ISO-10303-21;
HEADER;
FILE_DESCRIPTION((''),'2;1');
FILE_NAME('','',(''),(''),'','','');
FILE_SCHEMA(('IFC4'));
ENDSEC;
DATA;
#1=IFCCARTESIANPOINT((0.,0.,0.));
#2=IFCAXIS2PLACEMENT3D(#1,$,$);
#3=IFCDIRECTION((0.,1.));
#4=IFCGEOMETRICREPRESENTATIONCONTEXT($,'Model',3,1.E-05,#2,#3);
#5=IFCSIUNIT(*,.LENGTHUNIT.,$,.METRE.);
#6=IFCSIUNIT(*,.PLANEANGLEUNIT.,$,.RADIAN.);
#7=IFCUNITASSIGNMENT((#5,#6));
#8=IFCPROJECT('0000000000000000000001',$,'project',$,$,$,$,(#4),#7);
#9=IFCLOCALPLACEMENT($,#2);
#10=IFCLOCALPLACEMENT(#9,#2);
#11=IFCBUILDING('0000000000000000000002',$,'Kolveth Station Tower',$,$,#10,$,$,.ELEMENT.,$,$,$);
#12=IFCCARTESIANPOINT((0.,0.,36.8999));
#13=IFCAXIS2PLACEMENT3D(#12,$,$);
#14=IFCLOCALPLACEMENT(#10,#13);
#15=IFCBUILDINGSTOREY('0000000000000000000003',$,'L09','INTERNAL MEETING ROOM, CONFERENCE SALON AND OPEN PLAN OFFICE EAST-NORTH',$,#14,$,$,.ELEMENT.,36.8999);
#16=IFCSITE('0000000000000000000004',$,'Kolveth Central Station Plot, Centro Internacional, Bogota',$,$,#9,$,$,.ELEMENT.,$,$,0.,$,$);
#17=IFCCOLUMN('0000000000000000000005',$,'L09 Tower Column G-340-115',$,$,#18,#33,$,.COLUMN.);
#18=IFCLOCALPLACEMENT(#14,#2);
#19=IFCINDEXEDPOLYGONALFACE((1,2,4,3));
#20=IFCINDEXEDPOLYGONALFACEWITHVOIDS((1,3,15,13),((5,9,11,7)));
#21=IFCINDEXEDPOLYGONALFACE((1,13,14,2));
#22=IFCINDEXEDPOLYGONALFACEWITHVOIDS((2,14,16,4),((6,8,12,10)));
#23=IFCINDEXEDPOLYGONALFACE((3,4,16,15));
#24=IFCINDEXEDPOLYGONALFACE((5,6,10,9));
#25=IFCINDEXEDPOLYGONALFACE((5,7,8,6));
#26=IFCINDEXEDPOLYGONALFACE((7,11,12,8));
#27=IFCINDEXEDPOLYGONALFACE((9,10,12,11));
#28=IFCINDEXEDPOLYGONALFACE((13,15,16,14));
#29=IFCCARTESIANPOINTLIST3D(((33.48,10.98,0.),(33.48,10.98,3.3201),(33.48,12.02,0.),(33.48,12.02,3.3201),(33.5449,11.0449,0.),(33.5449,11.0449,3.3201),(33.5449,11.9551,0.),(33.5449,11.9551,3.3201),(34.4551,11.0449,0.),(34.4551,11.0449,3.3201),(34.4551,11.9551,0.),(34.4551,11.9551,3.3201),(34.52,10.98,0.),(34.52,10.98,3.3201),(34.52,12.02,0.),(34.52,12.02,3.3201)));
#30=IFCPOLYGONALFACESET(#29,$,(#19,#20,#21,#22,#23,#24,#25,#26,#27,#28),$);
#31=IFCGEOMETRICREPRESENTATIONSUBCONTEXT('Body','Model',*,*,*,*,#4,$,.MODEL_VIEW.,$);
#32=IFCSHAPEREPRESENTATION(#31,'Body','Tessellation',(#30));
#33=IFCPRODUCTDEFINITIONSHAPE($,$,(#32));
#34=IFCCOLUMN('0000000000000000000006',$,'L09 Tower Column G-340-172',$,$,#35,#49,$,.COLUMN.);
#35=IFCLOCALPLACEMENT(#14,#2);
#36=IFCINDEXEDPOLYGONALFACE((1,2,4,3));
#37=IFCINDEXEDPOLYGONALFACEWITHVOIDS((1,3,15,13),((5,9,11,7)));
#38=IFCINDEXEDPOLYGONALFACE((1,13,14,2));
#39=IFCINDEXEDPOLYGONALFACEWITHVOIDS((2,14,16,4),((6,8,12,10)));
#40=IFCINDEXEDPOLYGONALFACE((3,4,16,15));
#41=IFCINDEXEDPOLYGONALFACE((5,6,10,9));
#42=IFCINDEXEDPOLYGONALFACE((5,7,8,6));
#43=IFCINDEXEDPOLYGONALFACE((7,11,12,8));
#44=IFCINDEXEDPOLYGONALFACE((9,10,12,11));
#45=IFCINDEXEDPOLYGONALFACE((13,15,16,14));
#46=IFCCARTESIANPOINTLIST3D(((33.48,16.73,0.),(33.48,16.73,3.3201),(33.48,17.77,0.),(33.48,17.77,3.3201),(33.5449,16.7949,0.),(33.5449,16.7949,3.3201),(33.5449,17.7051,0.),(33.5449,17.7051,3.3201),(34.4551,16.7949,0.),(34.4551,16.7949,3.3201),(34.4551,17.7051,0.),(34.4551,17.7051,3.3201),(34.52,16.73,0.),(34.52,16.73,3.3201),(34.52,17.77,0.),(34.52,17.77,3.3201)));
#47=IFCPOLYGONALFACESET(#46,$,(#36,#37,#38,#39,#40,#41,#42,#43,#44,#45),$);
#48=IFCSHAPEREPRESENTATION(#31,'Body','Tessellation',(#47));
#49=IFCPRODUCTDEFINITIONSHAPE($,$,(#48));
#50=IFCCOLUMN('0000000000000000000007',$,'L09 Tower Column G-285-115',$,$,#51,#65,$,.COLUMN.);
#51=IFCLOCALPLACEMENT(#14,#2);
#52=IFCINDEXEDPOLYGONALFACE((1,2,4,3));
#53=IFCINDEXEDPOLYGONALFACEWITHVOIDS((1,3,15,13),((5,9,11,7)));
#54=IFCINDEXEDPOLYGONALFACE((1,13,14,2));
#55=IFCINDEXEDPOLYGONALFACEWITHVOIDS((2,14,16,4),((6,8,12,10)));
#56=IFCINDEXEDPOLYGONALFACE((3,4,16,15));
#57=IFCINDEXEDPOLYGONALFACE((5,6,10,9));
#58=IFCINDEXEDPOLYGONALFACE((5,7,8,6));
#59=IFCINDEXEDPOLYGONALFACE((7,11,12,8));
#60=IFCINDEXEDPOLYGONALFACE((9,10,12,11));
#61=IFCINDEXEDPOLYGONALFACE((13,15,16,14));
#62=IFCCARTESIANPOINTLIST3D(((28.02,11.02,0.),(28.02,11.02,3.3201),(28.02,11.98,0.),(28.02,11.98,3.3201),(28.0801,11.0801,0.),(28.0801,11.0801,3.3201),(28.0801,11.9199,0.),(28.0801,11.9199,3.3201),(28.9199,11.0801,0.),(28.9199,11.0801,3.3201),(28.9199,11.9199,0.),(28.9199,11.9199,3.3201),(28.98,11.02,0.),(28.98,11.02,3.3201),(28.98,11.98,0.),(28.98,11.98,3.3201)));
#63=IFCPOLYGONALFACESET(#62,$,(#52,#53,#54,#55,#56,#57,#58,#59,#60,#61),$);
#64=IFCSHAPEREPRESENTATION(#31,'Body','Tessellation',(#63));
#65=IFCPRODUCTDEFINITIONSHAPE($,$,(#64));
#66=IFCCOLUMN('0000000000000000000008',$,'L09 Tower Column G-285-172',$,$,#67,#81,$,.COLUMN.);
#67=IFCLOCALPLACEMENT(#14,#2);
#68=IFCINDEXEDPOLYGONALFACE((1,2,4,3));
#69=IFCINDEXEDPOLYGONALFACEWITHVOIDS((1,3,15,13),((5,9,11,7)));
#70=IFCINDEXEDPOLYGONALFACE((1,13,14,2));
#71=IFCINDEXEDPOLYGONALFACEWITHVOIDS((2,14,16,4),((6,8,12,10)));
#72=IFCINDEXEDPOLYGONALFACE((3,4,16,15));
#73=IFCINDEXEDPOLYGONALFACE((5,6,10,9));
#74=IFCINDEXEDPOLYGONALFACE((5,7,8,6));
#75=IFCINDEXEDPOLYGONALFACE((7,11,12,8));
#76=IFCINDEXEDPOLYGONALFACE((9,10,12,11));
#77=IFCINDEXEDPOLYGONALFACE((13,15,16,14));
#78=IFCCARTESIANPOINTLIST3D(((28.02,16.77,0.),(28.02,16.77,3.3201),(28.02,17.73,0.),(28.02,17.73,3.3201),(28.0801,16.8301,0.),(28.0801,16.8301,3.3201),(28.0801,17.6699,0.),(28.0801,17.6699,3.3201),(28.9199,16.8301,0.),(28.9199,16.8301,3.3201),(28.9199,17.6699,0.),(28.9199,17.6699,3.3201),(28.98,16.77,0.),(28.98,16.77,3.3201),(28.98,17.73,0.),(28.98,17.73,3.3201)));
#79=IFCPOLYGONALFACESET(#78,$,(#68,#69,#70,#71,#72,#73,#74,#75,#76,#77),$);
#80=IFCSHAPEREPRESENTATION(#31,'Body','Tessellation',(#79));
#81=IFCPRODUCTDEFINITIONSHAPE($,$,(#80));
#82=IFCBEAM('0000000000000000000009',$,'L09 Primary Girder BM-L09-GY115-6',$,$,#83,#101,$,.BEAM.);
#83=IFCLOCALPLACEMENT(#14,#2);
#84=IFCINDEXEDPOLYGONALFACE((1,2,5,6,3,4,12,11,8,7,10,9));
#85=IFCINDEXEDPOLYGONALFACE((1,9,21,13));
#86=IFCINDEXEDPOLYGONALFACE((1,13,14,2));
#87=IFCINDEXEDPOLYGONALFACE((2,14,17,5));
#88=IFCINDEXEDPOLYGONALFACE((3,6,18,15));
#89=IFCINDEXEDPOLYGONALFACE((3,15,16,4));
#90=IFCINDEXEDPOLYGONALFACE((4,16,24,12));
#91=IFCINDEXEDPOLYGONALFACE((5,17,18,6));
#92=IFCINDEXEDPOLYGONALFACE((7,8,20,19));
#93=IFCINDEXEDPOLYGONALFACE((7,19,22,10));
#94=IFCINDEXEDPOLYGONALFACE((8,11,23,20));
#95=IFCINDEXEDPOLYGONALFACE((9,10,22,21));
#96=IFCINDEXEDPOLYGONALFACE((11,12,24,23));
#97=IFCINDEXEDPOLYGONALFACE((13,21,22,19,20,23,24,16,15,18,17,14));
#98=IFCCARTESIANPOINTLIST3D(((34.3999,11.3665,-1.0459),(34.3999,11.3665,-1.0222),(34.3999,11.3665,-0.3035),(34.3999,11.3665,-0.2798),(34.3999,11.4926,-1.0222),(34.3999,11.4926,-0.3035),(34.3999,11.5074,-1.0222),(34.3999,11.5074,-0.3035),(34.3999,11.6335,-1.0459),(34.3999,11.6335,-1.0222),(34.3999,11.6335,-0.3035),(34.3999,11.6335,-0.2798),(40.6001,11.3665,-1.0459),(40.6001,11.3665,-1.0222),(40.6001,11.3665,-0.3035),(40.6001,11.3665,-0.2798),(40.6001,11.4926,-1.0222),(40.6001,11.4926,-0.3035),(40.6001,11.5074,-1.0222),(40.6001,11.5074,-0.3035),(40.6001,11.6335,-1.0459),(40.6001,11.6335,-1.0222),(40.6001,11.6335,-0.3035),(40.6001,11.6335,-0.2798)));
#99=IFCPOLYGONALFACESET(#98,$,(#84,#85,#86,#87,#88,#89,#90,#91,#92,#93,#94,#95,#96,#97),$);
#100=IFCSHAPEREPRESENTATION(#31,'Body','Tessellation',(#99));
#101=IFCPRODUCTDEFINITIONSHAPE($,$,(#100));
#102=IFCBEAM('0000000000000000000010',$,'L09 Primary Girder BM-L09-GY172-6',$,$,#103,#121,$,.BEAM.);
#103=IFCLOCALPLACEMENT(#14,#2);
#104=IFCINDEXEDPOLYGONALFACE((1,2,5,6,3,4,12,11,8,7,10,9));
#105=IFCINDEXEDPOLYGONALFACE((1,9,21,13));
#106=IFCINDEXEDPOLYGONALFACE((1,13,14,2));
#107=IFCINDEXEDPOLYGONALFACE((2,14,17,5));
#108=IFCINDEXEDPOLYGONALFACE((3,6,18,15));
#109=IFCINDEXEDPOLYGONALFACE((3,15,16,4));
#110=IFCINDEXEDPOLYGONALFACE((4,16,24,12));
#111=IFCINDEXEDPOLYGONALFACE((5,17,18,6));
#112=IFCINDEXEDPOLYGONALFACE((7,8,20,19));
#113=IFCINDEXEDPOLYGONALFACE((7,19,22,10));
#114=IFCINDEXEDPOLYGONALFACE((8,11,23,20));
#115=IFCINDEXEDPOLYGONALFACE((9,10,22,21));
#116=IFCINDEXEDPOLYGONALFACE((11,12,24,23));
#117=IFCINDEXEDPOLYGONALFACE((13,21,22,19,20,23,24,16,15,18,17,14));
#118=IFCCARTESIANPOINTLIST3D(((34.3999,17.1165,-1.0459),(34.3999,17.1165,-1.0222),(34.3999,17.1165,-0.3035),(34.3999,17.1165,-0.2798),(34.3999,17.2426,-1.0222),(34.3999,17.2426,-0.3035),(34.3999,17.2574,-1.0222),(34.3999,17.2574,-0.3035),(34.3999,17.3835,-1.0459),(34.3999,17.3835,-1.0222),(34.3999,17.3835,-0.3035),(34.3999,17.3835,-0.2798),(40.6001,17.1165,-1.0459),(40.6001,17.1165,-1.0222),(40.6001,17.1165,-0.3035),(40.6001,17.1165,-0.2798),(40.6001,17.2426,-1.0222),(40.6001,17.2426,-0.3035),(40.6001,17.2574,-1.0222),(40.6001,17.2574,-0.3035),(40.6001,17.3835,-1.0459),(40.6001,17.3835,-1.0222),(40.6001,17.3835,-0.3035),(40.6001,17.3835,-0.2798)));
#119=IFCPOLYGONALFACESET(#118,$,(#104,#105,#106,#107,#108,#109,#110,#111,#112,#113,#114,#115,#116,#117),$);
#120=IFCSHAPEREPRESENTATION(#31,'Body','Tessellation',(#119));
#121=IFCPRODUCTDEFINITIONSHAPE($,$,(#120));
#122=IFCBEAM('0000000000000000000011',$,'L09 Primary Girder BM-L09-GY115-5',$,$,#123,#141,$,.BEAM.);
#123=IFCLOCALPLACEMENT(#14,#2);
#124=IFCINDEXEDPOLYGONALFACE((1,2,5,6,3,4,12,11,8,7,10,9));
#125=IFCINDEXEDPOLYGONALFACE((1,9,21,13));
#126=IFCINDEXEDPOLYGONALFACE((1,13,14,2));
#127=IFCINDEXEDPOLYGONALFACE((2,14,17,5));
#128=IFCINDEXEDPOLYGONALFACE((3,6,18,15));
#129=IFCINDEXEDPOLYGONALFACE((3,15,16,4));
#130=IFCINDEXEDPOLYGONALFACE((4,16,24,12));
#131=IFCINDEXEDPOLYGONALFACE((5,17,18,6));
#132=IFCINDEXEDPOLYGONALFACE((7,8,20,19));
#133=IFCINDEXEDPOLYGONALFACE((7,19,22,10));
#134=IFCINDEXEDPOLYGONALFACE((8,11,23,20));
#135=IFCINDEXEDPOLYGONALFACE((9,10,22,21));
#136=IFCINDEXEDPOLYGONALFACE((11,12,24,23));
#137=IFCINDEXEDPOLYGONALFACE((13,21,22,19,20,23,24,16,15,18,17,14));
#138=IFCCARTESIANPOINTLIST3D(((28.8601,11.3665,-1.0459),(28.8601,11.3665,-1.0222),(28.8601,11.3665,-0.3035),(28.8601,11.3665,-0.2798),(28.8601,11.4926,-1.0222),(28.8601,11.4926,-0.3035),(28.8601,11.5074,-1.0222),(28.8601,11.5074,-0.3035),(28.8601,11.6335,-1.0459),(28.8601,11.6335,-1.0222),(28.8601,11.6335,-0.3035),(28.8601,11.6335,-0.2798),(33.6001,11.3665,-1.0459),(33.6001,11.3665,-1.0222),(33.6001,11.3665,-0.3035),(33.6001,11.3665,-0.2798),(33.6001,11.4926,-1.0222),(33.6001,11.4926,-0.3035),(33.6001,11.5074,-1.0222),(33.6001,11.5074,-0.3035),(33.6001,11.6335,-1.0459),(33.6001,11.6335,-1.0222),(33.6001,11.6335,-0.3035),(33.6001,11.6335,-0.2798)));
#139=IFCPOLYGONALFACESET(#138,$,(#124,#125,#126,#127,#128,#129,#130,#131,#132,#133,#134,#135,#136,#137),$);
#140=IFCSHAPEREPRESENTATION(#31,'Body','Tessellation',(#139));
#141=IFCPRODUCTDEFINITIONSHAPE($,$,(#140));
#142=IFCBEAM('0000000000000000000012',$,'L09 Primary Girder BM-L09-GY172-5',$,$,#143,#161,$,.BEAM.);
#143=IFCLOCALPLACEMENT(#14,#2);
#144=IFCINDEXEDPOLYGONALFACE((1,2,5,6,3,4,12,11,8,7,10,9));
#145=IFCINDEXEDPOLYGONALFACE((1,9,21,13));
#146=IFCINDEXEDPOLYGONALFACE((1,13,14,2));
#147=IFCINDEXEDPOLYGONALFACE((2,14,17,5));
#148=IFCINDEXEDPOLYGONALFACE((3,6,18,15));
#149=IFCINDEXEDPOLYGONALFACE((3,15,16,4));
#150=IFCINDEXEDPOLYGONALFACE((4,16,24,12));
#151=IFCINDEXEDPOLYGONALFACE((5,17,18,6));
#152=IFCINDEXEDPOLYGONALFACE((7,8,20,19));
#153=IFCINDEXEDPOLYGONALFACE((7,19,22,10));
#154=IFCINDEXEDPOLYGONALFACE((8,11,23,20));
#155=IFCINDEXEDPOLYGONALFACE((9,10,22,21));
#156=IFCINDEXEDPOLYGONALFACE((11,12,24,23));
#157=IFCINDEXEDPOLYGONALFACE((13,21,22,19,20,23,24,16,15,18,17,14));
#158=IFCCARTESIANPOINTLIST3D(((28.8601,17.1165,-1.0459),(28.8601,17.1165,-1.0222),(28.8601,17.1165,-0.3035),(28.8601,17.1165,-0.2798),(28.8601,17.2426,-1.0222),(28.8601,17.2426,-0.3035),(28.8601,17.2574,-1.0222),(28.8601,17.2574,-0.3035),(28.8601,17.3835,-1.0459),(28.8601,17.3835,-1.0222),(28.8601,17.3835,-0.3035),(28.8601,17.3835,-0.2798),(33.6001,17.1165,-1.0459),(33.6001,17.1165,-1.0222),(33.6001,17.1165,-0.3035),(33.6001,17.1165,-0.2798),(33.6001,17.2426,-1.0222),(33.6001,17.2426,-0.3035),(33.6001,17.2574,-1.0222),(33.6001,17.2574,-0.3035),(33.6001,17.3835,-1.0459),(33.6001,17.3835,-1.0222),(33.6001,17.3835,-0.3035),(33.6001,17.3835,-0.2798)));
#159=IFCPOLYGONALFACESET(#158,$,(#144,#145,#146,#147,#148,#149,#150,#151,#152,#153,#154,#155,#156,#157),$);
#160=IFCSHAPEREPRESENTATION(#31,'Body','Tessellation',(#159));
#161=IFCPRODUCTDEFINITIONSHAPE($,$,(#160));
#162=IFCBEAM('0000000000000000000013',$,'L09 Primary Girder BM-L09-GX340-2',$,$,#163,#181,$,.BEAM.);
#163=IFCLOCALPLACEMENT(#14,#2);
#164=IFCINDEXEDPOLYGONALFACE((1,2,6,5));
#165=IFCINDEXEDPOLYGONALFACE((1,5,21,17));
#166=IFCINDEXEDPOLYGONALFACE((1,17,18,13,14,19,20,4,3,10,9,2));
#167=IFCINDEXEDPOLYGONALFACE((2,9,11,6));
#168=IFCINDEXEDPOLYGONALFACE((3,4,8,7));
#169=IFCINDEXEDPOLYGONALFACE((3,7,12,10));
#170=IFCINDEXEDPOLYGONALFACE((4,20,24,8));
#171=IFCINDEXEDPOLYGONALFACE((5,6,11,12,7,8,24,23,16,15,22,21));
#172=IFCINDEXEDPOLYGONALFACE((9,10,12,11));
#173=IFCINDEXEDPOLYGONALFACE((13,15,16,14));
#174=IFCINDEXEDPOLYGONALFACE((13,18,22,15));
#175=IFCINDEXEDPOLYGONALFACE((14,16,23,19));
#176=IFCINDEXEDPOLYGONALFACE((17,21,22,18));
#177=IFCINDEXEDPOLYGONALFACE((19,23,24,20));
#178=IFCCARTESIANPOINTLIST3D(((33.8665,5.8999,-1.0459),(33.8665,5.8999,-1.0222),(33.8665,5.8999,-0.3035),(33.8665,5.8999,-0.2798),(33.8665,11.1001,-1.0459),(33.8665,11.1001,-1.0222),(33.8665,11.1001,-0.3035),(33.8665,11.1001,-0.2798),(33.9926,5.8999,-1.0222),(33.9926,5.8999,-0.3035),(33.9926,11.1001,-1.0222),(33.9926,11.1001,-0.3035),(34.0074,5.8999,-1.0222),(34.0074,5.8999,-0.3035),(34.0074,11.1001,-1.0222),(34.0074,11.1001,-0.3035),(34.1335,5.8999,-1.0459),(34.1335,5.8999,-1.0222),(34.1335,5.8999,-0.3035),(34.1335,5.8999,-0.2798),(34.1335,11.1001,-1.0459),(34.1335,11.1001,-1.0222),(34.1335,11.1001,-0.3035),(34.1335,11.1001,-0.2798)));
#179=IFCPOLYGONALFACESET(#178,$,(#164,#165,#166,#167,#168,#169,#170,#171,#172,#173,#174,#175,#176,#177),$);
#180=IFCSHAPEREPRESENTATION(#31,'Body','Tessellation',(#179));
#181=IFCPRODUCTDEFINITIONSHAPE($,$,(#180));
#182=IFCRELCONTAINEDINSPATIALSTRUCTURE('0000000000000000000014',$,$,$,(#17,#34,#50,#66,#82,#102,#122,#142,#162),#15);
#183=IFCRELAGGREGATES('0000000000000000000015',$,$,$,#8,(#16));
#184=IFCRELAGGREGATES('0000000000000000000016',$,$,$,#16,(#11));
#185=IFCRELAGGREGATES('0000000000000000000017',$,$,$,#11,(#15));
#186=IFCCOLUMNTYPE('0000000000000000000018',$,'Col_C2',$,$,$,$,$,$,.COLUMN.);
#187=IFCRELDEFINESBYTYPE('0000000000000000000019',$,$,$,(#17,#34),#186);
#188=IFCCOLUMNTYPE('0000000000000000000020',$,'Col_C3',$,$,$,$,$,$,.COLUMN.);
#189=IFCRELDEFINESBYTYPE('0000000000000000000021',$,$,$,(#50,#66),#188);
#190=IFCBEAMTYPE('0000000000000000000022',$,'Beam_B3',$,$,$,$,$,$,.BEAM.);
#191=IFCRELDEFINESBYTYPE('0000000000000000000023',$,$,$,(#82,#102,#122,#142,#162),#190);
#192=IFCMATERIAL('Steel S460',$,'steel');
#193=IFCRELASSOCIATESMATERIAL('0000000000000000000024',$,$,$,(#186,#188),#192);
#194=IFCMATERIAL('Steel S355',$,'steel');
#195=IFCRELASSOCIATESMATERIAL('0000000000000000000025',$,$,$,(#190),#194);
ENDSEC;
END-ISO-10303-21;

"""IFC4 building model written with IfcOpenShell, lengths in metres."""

from ifc_helpers import new_model, si_unit, direction, frame, origin, origin_2d, place, context, subcontext, project, spatial, hollow_rectangle, i_section, extrude, source, transform, mapped, material, material_profile, profile_set, type_object, element, save


model = new_model("IFC4")

# Units and contexts
model_context = context("Model", 3, precision=1e-05, world=origin(), true_north=direction((0.0, 1.0)))
body_context = subcontext(model_context, "Body", "Model", "MODEL_VIEW")
ifc_project = project(units=[si_unit("LENGTHUNIT", "METRE"), si_unit("PLANEANGLEUNIT", "RADIAN")], contexts=[model_context])

# Site, building, storey
site_placement = place(None, origin())
site = spatial("IfcSite", under=ifc_project, at=site_placement, Name="Kolveth Central Station Plot, Centro Internacional, Bogota", CompositionType="ELEMENT", RefElevation=0.0)
building_placement = place(site_placement, origin())
building = spatial("IfcBuilding", under=site, at=building_placement, Name="Kolveth Station Tower", CompositionType="ELEMENT")
storey_placement = place(building_placement, frame((0.0, 0.0, 36.8999)))
storey = spatial("IfcBuildingStorey", under=building, at=storey_placement, Name="L09", Description="INTERNAL MEETING ROOM, CONFERENCE SALON AND OPEN PLAN OFFICE EAST-NORTH", CompositionType="ELEMENT", Elevation=36.8999)

# Columns
ifc_material_1 = material(Name="Steel S460", Category="steel")
ifc_material_profile_1 = material_profile(ifc_material_1, hollow_rectangle(XDim=1.04, YDim=1.04, WallThickness=0.0649, at=origin_2d()), Name="BOX1040x1040x65")
ifc_profile_set_1 = profile_set([ifc_material_profile_1], Name="Steel S460")
column_type_1 = type_object("IfcColumnType", Name="Col_C2", PredefinedType="COLUMN", material=ifc_profile_set_1)
shared_shape_1 = source(origin(), body_context, "Body", "SweptSolid", [
    extrude(hollow_rectangle(XDim=1.04, YDim=1.04, WallThickness=0.0649, at=origin_2d()), origin(), (0.0, 0.0, 1.0), 3.3201),
])
for number, where, z_axis, x_axis, name in (
    (1, (34.0, 11.5, 0.0), (0.0, 0.0, 1.0), (1.0, 0.0, 0.0), "L09 Tower Column G-340-115"),
    (2, (34.0, 17.25, 0.0), (0.0, 0.0, 1.0), (1.0, 0.0, 0.0), "L09 Tower Column G-340-172"),
):
    element("IfcColumn", number, at=place(storey_placement, frame(where, z_axis=z_axis, x_axis=x_axis)), inside=storey, type_object=column_type_1, Name=name, PredefinedType="COLUMN", context=body_context, shape_type="MappedRepresentation", body=[
        mapped(shared_shape_1, transform((0.0, 0.0, 0.0), x_axis=(1.0, 0.0, 0.0), y_axis=(0.0, 1.0, 0.0), z_axis=(0.0, 0.0, 1.0), scale=1.0)),
    ])
ifc_material_profile_2 = material_profile(ifc_material_1, hollow_rectangle(XDim=0.96, YDim=0.96, WallThickness=0.0601, at=origin_2d()), Name="BOX960x960x60")
ifc_profile_set_2 = profile_set([ifc_material_profile_2], Name="Steel S460")
column_type_2 = type_object("IfcColumnType", Name="Col_C3", PredefinedType="COLUMN", material=ifc_profile_set_2)
shared_shape_2 = source(origin(), body_context, "Body", "SweptSolid", [
    extrude(hollow_rectangle(XDim=0.96, YDim=0.96, WallThickness=0.0601, at=origin_2d()), origin(), (0.0, 0.0, 1.0), 3.3201),
])
for number, where, z_axis, x_axis, name in (
    (3, (28.5, 11.5, 0.0), (0.0, 0.0, 1.0), (1.0, 0.0, 0.0), "L09 Tower Column G-285-115"),
    (4, (28.5, 17.25, 0.0), (0.0, 0.0, 1.0), (1.0, 0.0, 0.0), "L09 Tower Column G-285-172"),
):
    element("IfcColumn", number, at=place(storey_placement, frame(where, z_axis=z_axis, x_axis=x_axis)), inside=storey, type_object=column_type_2, Name=name, PredefinedType="COLUMN", context=body_context, shape_type="MappedRepresentation", body=[
        mapped(shared_shape_2, transform((0.0, 0.0, 0.0), x_axis=(1.0, 0.0, 0.0), y_axis=(0.0, 1.0, 0.0), z_axis=(0.0, 0.0, 1.0), scale=1.0)),
    ])

# Beams
ifc_material_2 = material(Name="Steel S355", Category="steel")
ifc_material_profile_3 = material_profile(ifc_material_2, i_section(OverallWidth=0.2671, OverallDepth=0.7661, WebThickness=0.0149, FlangeThickness=0.0237, at=origin_2d()), Name="W760x185")
ifc_profile_set_3 = profile_set([ifc_material_profile_3], Name="Steel S355")
beam_type_1 = type_object("IfcBeamType", Name="Beam_B3", PredefinedType="BEAM", material=ifc_profile_set_3)
shared_shape_3 = source(origin(), body_context, "Body", "SweptSolid", [
    extrude(i_section(OverallWidth=0.2671, OverallDepth=0.7661, WebThickness=0.0149, FlangeThickness=0.0237, at=origin_2d()), origin(), (0.0, 0.0, 1.0), 6.2002),
])
for number, where, z_axis, x_axis, name in (
    (5, (34.3999, 11.5, -0.6628), (1.0, 0.0, 0.0), (0.0, 1.0, 0.0), "L09 Primary Girder BM-L09-GY115-6"),
    (6, (34.3999, 17.25, -0.6628), (1.0, 0.0, 0.0), (0.0, 1.0, 0.0), "L09 Primary Girder BM-L09-GY172-6"),
):
    element("IfcBeam", number, at=place(storey_placement, frame(where, z_axis=z_axis, x_axis=x_axis)), inside=storey, type_object=beam_type_1, Name=name, PredefinedType="BEAM", context=body_context, shape_type="MappedRepresentation", body=[
        mapped(shared_shape_3, transform((0.0, 0.0, 0.0), x_axis=(1.0, 0.0, 0.0), y_axis=(0.0, 1.0, 0.0), z_axis=(0.0, 0.0, 1.0), scale=1.0)),
    ])
shared_shape_4 = source(origin(), body_context, "Body", "SweptSolid", [
    extrude(i_section(OverallWidth=0.2671, OverallDepth=0.7661, WebThickness=0.0149, FlangeThickness=0.0237, at=origin_2d()), origin(), (0.0, 0.0, 1.0), 4.74),
])
for number, where, z_axis, x_axis, name in (
    (7, (28.8601, 11.5, -0.6628), (1.0, 0.0, 0.0), (0.0, 1.0, 0.0), "L09 Primary Girder BM-L09-GY115-5"),
    (8, (28.8601, 17.25, -0.6628), (1.0, 0.0, 0.0), (0.0, 1.0, 0.0), "L09 Primary Girder BM-L09-GY172-5"),
):
    element("IfcBeam", number, at=place(storey_placement, frame(where, z_axis=z_axis, x_axis=x_axis)), inside=storey, type_object=beam_type_1, Name=name, PredefinedType="BEAM", context=body_context, shape_type="MappedRepresentation", body=[
        mapped(shared_shape_4, transform((0.0, 0.0, 0.0), x_axis=(1.0, 0.0, 0.0), y_axis=(0.0, 1.0, 0.0), z_axis=(0.0, 0.0, 1.0), scale=1.0)),
    ])
shared_shape_5 = source(origin(), body_context, "Body", "SweptSolid", [
    extrude(i_section(OverallWidth=0.2671, OverallDepth=0.7661, WebThickness=0.0149, FlangeThickness=0.0237, at=origin_2d()), origin(), (0.0, 0.0, 1.0), 5.2002),
])
beam_1_placement = place(storey_placement, frame((34.0, 5.8999, -0.6628), z_axis=(0.0, 1.0, 0.0), x_axis=(-1.0, 0.0, 0.0)))
element("IfcBeam", 9, at=beam_1_placement, inside=storey, type_object=beam_type_1, Name="L09 Primary Girder BM-L09-GX340-2", PredefinedType="BEAM", context=body_context, shape_type="MappedRepresentation", body=[
    mapped(shared_shape_5, transform((0.0, 0.0, 0.0), x_axis=(1.0, 0.0, 0.0), y_axis=(0.0, 1.0, 0.0), z_axis=(0.0, 0.0, 1.0), scale=1.0)),
])

save(model, "model.ifc")
